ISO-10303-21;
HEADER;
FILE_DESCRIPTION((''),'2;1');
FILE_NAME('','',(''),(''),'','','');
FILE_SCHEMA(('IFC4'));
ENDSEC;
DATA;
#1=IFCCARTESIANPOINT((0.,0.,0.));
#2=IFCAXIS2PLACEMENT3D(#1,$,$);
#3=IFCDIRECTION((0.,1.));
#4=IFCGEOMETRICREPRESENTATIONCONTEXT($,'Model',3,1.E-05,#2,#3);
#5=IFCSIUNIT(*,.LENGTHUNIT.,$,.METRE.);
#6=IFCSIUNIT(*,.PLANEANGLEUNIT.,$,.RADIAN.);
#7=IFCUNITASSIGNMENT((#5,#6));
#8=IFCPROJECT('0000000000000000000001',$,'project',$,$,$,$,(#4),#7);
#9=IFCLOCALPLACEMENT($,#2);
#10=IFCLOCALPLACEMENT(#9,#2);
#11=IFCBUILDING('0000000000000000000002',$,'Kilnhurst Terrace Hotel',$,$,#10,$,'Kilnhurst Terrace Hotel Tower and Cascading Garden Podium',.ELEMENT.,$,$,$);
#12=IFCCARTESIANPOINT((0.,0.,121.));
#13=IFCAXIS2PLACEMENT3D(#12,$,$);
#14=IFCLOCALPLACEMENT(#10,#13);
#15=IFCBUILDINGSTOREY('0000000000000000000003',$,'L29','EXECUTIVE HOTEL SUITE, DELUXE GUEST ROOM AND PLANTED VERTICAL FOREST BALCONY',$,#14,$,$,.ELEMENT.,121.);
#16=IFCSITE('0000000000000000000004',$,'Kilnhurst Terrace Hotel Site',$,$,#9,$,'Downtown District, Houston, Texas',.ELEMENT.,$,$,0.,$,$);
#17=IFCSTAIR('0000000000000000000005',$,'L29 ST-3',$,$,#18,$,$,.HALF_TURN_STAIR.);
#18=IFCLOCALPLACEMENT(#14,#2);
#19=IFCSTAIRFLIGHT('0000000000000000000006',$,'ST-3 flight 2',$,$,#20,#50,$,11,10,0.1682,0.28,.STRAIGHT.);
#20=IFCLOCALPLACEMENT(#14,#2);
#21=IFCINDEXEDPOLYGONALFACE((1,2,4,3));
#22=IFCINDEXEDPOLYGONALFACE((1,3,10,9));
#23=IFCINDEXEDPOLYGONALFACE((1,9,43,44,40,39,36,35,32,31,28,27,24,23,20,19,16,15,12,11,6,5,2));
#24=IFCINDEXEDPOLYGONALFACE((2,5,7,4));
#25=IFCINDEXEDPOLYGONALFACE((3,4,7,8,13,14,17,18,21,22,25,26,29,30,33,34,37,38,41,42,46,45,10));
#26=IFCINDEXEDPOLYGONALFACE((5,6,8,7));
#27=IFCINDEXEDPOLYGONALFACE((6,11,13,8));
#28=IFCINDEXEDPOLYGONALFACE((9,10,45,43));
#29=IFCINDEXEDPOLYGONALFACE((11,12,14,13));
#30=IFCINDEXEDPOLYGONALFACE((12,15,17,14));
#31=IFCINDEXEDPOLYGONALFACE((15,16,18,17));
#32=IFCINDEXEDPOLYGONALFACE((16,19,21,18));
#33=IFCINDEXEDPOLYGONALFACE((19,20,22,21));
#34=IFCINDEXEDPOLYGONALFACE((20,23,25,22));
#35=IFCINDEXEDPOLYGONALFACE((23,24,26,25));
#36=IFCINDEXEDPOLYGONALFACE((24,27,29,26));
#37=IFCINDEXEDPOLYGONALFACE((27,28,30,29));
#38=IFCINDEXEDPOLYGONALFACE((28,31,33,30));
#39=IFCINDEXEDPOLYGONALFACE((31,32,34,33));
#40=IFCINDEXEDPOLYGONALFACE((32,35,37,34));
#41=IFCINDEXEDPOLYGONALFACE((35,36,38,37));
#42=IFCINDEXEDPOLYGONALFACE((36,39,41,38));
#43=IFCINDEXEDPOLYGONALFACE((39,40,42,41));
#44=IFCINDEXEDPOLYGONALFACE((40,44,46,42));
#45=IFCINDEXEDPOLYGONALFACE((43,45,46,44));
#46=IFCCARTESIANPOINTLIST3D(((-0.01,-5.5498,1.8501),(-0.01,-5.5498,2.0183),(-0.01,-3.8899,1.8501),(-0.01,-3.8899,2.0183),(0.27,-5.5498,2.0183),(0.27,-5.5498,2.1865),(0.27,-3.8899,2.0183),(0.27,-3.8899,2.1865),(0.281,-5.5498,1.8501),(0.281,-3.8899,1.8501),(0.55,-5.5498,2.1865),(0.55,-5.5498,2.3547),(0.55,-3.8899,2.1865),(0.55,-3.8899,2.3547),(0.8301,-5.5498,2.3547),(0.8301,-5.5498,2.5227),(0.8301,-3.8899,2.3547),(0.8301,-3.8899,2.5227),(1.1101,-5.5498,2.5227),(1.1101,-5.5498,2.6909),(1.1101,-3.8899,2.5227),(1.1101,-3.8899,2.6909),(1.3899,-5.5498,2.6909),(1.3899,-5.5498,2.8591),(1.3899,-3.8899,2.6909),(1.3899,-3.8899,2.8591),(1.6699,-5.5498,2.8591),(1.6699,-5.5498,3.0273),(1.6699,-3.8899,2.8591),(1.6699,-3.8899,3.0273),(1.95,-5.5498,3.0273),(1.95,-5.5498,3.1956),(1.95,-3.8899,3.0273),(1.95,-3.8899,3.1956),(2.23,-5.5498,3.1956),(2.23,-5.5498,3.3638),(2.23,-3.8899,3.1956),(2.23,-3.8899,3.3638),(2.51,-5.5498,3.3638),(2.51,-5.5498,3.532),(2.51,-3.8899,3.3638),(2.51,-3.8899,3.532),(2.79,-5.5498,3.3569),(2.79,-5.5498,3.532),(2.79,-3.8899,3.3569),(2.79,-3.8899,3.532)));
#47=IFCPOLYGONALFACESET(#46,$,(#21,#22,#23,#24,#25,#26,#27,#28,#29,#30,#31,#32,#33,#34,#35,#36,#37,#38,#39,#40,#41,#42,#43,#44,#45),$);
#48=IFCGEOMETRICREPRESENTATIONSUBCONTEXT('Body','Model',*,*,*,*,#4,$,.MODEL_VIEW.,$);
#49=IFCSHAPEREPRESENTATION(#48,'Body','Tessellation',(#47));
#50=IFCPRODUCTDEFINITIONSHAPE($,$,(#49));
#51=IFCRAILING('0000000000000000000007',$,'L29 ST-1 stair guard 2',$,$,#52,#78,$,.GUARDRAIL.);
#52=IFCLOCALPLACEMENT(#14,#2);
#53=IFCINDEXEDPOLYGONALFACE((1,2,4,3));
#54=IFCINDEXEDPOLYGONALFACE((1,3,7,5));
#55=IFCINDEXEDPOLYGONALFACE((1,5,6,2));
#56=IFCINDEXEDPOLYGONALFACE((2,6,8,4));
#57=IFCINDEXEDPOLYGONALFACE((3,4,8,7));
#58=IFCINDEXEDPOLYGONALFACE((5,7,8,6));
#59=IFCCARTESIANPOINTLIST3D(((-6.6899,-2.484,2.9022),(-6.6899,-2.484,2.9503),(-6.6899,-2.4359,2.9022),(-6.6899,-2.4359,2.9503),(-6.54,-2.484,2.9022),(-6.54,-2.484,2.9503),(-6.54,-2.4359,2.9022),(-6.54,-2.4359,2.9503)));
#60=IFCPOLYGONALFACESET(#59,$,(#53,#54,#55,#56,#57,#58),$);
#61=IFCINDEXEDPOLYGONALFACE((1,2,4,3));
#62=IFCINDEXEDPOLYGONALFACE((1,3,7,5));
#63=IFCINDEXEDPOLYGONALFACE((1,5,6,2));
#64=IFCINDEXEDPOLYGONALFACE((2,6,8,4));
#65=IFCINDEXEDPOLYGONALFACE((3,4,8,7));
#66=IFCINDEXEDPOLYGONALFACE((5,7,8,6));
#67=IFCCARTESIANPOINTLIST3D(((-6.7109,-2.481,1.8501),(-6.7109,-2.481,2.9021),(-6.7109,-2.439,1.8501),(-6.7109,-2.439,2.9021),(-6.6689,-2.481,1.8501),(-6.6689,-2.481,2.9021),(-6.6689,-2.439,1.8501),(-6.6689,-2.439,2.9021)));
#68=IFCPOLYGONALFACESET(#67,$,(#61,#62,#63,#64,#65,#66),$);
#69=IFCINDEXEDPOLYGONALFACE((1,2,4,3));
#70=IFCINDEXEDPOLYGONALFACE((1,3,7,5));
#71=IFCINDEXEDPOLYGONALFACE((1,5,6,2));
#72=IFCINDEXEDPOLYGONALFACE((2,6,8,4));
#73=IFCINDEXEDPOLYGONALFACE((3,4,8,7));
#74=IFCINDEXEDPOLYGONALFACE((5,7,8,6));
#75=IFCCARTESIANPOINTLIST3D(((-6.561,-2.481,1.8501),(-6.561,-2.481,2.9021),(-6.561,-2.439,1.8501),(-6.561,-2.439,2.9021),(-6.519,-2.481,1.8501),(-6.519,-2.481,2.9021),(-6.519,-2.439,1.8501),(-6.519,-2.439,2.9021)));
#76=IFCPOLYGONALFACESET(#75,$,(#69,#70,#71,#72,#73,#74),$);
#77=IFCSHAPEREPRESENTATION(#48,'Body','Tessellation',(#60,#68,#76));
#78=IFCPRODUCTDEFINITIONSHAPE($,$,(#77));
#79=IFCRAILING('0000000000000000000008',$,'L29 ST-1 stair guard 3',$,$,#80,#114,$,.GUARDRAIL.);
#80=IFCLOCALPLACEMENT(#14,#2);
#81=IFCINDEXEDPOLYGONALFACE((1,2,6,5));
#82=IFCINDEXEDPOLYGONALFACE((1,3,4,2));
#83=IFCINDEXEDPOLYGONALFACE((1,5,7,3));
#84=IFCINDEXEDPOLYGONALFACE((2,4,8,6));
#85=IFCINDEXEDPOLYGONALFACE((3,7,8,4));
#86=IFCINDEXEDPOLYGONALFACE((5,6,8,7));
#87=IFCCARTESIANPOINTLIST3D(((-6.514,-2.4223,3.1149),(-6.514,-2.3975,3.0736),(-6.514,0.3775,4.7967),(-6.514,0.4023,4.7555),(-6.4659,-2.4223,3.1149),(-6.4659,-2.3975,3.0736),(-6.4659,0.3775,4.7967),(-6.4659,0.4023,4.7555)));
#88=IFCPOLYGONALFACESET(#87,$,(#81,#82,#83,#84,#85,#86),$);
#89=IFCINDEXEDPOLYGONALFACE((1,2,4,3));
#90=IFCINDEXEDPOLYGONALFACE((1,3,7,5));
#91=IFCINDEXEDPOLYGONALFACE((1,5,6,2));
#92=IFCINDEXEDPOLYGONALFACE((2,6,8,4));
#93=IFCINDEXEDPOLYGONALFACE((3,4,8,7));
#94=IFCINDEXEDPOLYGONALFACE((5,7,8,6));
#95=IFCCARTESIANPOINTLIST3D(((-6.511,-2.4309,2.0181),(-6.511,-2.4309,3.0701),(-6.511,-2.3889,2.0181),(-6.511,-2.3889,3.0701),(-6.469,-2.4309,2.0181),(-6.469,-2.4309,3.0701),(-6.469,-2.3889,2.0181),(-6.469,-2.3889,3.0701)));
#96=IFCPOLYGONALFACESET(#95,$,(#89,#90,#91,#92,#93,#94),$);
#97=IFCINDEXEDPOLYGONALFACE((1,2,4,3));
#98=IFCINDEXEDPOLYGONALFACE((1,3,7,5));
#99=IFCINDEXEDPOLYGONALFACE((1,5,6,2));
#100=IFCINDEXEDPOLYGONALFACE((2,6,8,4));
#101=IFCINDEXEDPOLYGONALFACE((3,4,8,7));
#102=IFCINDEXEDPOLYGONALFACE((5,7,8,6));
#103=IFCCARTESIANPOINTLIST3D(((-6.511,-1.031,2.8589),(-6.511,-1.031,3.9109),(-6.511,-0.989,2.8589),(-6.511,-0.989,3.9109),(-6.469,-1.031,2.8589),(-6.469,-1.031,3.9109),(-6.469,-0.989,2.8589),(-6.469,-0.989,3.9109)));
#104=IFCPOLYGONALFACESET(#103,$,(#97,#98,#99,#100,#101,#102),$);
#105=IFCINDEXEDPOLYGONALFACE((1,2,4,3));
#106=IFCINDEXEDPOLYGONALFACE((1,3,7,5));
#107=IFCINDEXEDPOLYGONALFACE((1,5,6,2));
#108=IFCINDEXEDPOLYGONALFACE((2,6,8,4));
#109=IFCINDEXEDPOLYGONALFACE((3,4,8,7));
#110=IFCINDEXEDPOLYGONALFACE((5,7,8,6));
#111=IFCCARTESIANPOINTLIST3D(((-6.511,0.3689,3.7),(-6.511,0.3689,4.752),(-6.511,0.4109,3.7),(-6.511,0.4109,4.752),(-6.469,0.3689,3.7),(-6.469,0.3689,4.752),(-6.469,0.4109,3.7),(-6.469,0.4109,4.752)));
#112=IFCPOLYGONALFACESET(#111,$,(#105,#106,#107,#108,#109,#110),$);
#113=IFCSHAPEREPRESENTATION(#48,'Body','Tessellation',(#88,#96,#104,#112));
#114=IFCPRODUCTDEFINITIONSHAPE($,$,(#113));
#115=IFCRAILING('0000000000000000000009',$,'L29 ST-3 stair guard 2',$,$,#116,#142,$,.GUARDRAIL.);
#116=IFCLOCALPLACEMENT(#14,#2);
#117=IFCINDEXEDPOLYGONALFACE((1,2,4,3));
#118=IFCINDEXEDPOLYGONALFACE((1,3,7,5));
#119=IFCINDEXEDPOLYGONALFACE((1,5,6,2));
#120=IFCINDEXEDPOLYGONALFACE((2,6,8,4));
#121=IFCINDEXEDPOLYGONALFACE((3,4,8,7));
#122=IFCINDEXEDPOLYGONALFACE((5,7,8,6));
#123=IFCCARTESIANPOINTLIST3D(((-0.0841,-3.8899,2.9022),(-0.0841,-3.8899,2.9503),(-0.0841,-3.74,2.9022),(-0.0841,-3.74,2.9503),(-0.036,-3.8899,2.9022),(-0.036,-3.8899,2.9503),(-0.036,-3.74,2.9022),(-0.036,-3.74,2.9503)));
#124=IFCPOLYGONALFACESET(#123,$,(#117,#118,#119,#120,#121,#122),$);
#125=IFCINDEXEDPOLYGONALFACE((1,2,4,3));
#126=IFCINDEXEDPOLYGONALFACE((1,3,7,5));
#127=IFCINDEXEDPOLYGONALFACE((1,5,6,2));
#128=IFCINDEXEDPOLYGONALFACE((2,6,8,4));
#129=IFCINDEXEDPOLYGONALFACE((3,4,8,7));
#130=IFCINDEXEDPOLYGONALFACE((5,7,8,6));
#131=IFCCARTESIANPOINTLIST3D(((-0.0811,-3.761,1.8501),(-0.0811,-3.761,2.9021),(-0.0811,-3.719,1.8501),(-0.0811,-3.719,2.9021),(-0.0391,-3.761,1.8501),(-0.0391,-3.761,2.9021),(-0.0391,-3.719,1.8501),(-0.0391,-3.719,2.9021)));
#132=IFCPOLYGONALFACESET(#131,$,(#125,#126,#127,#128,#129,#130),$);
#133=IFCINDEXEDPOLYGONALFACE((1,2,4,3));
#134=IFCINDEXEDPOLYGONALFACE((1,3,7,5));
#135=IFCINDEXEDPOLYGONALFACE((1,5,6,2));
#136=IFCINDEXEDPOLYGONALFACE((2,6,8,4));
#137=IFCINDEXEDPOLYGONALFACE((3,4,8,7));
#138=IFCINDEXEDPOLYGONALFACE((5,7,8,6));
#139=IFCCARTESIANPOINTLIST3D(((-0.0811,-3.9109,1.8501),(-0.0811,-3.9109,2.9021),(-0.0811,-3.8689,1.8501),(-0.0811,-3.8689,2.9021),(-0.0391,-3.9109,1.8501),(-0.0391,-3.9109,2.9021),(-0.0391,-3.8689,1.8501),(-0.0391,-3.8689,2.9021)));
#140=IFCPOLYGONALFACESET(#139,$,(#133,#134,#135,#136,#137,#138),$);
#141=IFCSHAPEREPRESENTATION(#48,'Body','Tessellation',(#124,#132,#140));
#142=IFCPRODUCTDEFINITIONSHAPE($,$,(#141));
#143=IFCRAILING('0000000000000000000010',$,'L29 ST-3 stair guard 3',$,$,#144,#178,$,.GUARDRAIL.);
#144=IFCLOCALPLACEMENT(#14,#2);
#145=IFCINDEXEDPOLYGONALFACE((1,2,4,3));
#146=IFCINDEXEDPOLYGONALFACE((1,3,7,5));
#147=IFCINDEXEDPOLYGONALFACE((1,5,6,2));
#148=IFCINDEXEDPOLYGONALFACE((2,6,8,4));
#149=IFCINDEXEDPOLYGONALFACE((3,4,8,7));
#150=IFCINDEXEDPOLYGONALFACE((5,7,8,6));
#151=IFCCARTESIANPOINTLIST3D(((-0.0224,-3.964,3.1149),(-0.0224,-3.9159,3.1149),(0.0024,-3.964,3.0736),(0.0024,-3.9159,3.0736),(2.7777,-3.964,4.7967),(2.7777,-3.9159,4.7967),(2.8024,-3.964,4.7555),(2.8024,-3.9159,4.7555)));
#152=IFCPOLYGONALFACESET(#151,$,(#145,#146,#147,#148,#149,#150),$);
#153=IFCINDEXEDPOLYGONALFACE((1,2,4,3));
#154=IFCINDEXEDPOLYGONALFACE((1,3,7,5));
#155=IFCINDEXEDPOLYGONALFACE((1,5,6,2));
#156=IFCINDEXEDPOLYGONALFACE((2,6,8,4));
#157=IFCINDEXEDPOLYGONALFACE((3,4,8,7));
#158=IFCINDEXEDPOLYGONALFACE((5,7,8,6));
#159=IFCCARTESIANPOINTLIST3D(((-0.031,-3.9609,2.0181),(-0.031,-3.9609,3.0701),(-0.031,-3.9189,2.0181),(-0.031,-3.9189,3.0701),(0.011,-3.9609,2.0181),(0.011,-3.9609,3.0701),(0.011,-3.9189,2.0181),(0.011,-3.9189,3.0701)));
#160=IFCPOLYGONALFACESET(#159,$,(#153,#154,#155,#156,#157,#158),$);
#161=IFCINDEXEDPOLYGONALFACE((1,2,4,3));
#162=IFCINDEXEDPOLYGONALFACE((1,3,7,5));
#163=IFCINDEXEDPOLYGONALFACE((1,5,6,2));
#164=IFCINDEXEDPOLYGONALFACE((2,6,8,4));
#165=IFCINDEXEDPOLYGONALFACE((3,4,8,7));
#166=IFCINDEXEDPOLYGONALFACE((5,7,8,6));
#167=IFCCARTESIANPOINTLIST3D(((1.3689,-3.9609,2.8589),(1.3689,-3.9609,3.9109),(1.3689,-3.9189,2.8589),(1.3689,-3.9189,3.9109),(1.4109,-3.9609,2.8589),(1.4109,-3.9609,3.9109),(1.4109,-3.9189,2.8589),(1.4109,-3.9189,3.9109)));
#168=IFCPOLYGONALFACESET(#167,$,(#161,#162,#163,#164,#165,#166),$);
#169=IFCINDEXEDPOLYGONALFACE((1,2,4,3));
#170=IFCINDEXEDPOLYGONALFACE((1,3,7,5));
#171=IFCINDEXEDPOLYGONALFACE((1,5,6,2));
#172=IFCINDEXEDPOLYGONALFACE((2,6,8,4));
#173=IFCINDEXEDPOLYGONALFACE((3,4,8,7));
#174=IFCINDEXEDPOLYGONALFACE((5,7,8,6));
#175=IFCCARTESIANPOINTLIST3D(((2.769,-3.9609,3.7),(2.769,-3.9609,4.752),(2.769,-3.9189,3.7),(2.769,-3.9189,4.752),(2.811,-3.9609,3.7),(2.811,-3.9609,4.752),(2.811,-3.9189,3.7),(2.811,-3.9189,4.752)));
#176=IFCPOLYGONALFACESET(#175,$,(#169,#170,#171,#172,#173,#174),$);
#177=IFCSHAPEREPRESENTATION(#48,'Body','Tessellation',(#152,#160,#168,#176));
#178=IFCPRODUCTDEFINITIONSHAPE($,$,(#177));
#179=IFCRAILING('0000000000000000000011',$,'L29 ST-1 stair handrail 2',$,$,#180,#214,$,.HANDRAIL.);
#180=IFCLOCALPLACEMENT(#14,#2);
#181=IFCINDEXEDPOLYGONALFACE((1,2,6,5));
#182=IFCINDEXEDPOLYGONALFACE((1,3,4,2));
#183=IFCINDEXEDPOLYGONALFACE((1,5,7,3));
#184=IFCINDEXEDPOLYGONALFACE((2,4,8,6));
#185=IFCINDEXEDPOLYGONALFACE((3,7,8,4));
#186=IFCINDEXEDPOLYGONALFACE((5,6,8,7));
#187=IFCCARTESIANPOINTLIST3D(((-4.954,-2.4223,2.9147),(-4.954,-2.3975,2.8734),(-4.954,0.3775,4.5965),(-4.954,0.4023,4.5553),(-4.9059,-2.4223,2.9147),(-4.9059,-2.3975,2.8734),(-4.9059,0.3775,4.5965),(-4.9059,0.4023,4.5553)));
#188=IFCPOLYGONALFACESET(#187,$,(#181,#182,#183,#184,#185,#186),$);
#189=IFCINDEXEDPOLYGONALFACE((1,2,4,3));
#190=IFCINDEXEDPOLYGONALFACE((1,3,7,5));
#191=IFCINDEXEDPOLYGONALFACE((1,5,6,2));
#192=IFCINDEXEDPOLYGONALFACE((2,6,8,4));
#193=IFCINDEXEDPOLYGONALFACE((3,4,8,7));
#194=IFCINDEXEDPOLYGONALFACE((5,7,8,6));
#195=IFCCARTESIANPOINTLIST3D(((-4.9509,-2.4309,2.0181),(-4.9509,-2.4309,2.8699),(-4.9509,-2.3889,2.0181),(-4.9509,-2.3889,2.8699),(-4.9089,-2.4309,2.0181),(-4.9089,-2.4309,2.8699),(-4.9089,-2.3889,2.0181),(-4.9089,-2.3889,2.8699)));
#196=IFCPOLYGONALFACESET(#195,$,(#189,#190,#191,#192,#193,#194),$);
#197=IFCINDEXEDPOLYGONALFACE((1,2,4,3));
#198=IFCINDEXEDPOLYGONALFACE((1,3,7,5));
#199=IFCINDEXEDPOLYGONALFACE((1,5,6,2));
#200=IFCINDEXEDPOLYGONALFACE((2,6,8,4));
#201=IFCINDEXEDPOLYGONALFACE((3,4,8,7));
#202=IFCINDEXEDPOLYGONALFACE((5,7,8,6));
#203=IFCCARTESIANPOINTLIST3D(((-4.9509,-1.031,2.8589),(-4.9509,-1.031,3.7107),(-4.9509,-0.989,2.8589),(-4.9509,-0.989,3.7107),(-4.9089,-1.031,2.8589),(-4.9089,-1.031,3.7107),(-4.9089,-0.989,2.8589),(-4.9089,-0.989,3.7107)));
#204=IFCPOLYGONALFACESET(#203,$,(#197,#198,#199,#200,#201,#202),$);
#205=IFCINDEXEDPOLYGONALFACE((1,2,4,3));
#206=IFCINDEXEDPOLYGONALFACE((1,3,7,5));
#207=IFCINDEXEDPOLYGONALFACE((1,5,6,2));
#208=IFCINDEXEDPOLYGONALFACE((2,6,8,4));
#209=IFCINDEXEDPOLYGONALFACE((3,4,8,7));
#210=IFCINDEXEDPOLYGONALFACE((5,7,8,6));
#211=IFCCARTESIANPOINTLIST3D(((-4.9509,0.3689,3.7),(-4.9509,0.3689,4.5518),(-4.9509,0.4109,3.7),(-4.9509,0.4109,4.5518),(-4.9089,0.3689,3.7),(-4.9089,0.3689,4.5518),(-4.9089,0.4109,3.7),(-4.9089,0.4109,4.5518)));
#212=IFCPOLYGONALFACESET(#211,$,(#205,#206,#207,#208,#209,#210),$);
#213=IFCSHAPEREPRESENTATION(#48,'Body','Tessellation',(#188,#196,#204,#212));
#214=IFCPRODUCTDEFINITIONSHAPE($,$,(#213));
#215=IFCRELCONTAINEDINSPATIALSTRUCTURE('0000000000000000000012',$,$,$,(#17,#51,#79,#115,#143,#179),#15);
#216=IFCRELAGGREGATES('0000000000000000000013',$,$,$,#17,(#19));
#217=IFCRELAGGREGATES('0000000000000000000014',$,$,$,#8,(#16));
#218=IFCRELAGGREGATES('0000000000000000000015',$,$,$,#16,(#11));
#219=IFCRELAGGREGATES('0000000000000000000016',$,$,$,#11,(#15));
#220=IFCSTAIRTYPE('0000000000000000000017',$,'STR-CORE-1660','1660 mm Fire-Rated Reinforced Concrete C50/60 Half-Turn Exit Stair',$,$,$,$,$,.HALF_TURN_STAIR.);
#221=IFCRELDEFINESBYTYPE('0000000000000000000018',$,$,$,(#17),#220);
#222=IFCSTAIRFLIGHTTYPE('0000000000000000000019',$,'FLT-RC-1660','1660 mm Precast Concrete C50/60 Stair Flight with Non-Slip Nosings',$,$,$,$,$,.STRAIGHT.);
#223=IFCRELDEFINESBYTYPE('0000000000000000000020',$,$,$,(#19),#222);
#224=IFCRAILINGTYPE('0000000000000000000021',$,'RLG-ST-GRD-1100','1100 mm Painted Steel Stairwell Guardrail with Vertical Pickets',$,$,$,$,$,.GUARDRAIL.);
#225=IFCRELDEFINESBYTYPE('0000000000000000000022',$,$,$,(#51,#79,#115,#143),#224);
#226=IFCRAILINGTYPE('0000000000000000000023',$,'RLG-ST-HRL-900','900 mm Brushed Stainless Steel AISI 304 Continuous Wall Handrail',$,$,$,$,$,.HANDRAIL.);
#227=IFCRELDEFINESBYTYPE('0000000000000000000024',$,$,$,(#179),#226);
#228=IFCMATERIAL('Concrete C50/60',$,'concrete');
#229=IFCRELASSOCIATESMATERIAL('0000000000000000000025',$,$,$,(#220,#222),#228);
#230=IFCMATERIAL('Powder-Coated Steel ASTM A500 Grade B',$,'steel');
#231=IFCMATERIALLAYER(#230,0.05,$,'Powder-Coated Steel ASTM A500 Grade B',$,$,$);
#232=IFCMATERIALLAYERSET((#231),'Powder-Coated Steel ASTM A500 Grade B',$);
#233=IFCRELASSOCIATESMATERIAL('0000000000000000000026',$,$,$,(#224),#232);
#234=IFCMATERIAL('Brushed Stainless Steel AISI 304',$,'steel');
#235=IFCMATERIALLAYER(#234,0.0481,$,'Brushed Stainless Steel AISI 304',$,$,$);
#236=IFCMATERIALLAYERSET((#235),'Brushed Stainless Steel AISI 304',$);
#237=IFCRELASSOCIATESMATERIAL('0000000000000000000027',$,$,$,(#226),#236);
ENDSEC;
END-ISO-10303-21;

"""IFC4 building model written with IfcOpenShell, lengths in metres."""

from ifc_helpers import new_model, si_unit, direction, frame, origin, origin_2d, place, context, subcontext, project, spatial, polyline, rectangle, outline, extrude, material, layer, layer_set, type_object, element, aggregate, save


model = new_model("IFC4")

# Units and contexts
model_context = context("Model", 3, precision=1e-05, world=origin(), true_north=direction((0.0, 1.0)))
body_context = subcontext(model_context, "Body", "Model", "MODEL_VIEW")
ifc_project = project(units=[si_unit("LENGTHUNIT", "METRE"), si_unit("PLANEANGLEUNIT", "RADIAN")], contexts=[model_context])

# Site, building, storey
site_placement = place(None, origin())
site = spatial("IfcSite", under=ifc_project, at=site_placement, Name="Kilnhurst Terrace Hotel Site", LongName="Downtown District, Houston, Texas", CompositionType="ELEMENT", RefElevation=0.0)
building_placement = place(site_placement, origin())
building = spatial("IfcBuilding", under=site, at=building_placement, Name="Kilnhurst Terrace Hotel", LongName="Kilnhurst Terrace Hotel Tower and Cascading Garden Podium", CompositionType="ELEMENT")
storey_placement = place(building_placement, frame((0.0, 0.0, 121.0)))
storey = spatial("IfcBuildingStorey", under=building, at=storey_placement, Name="L29", Description="EXECUTIVE HOTEL SUITE, DELUXE GUEST ROOM AND PLANTED VERTICAL FOREST BALCONY", CompositionType="ELEMENT", Elevation=121.0)

# Shared definitions
ifc_material_1 = material(Name="Concrete C50/60", Category="concrete")

# Stair, stair flight
stair_type = type_object("IfcStairType", Name="STR-CORE-1660", Description="1660 mm Fire-Rated Reinforced Concrete C50/60 Half-Turn Exit Stair", PredefinedType="HALF_TURN_STAIR", material=ifc_material_1)
stair_flight_type = type_object("IfcStairFlightType", Name="FLT-RC-1660", Description="1660 mm Precast Concrete C50/60 Stair Flight with Non-Slip Nosings", PredefinedType="STRAIGHT", material=ifc_material_1)
stair_1_placement = place(storey_placement, origin())
stair_1 = element("IfcStair", 1, at=stair_1_placement, inside=storey, type_object=stair_type, Name="L29 ST-3", PredefinedType="HALF_TURN_STAIR")
stair_flight_1_placement = place(storey_placement, frame((-0.01, -4.72, 1.8501), z_axis=(0.0, 0.0, 1.0), x_axis=(1.0, 0.0, 0.0)))
stair_flight_1 = element("IfcStairFlight", 2, at=stair_flight_1_placement, type_object=stair_flight_type, Name="ST-3 flight 2", NumberOfRisers=11, NumberOfTreads=10, PredefinedType="STRAIGHT", RiserHeight=0.1682, TreadLength=0.28, context=body_context, shape_type="SweptSolid", body=[
    extrude(outline(polyline([(0.0, 0.0), (0.0, 0.1682), (0.28, 0.1682), (0.28, 0.3364), (0.5601, 0.3364), (0.5601, 0.5046), (0.8401, 0.5046), (0.8401, 0.6726), (1.1201, 0.6726), (1.1201, 0.8408), (1.3999, 0.8408), (1.3999, 1.009), (1.6799, 1.009), (1.6799, 1.1772), (1.96, 1.1772), (1.96, 1.3455), (2.24, 1.3455), (2.24, 1.5137), (2.52, 1.5137), (2.52, 1.6819), (2.8, 1.6819), (2.8, 1.8501), (2.8, 1.5068), (0.291, 0.0), (0.0, 0.0)])), frame((0.0, 0.8301, 0.0), z_axis=(0.0, -1.0, 0.0), x_axis=(1.0, 0.0, 0.0)), (0.0, 0.0, 1.0), 1.6599),
])
aggregate(stair_1, [stair_flight_1])

# Railings
ifc_material_2 = material(Name="Powder-Coated Steel ASTM A500 Grade B", Category="steel")
ifc_layer_1 = layer(ifc_material_2, 0.05, Name="Powder-Coated Steel ASTM A500 Grade B")
ifc_layer_set_1 = layer_set([ifc_layer_1], Name="Powder-Coated Steel ASTM A500 Grade B")
railing_type_1 = type_object("IfcRailingType", Name="RLG-ST-GRD-1100", Description="1100 mm Painted Steel Stairwell Guardrail with Vertical Pickets", PredefinedType="GUARDRAIL", material=ifc_layer_set_1)
railing_1_placement = place(storey_placement, frame((-6.6899, -2.46, 1.8501)))
element("IfcRailing", 3, at=railing_1_placement, inside=storey, type_object=railing_type_1, Name="L29 ST-1 stair guard 2", PredefinedType="GUARDRAIL", context=body_context, shape_type="SweptSolid", body=[
    extrude(rectangle(XDim=0.0481, YDim=0.0481, at=origin_2d()), frame((0.0, 0.0, 1.0762), z_axis=(1.0, 0.0, 0.0), x_axis=(0.0, 1.0, 0.0)), (0.0, 0.0, 1.0), 0.1499),
    extrude(rectangle(XDim=0.042, YDim=0.042, at=origin_2d()), origin(), (0.0, 0.0, 1.0), 1.052),
    extrude(rectangle(XDim=0.042, YDim=0.042, at=origin_2d()), frame((0.1499, 0.0, 0.0)), (0.0, 0.0, 1.0), 1.052),
])
railing_2_placement = place(storey_placement, frame((-6.49, -2.4099, 2.0181)))
element("IfcRailing", 4, at=railing_2_placement, inside=storey, type_object=railing_type_1, Name="L29 ST-1 stair guard 3", PredefinedType="GUARDRAIL", context=body_context, shape_type="SweptSolid", body=[
    extrude(rectangle(XDim=0.0481, YDim=0.0481, at=origin_2d()), frame((0.0, 0.0, 1.0762), z_axis=(0.0, 0.857222, 0.514946), x_axis=(-1.0, 0.0, 0.0)), (0.0, 0.0, 1.0), 3.2661),
    extrude(rectangle(XDim=0.042, YDim=0.042, at=origin_2d()), origin(), (0.0, 0.0, 1.0), 1.052),
    extrude(rectangle(XDim=0.042, YDim=0.042, at=origin_2d()), frame((0.0, 1.3999, 0.8408)), (0.0, 0.0, 1.0), 1.052),
    extrude(rectangle(XDim=0.042, YDim=0.042, at=origin_2d()), frame((0.0, 2.7998, 1.6819)), (0.0, 0.0, 1.0), 1.052),
])
railing_3_placement = place(storey_placement, frame((-0.0601, -3.74, 1.8501)))
element("IfcRailing", 5, at=railing_3_placement, inside=storey, type_object=railing_type_1, Name="L29 ST-3 stair guard 2", PredefinedType="GUARDRAIL", context=body_context, shape_type="SweptSolid", body=[
    extrude(rectangle(XDim=0.0481, YDim=0.0481, at=origin_2d()), frame((0.0, 0.0, 1.0762), z_axis=(0.0, -1.0, 0.0), x_axis=(1.0, 0.0, 0.0)), (0.0, 0.0, 1.0), 0.1499),
    extrude(rectangle(XDim=0.042, YDim=0.042, at=origin_2d()), origin(), (0.0, 0.0, 1.0), 1.052),
    extrude(rectangle(XDim=0.042, YDim=0.042, at=origin_2d()), frame((0.0, -0.1499, 0.0)), (0.0, 0.0, 1.0), 1.052),
])
railing_4_placement = place(storey_placement, frame((-0.01, -3.9399, 2.0181)))
element("IfcRailing", 6, at=railing_4_placement, inside=storey, type_object=railing_type_1, Name="L29 ST-3 stair guard 3", PredefinedType="GUARDRAIL", context=body_context, shape_type="SweptSolid", body=[
    extrude(rectangle(XDim=0.0481, YDim=0.0481, at=origin_2d()), frame((0.0, 0.0, 1.0762), z_axis=(0.857242, 0.0, 0.514913), x_axis=(0.0, 1.0, 0.0)), (0.0, 0.0, 1.0), 3.2664),
    extrude(rectangle(XDim=0.042, YDim=0.042, at=origin_2d()), origin(), (0.0, 0.0, 1.0), 1.052),
    extrude(rectangle(XDim=0.042, YDim=0.042, at=origin_2d()), frame((1.3999, 0.0, 0.8408)), (0.0, 0.0, 1.0), 1.052),
    extrude(rectangle(XDim=0.042, YDim=0.042, at=origin_2d()), frame((2.8, 0.0, 1.6819)), (0.0, 0.0, 1.0), 1.052),
])
ifc_material_3 = material(Name="Brushed Stainless Steel AISI 304", Category="steel")
ifc_layer_2 = layer(ifc_material_3, 0.0481, Name="Brushed Stainless Steel AISI 304")
ifc_layer_set_2 = layer_set([ifc_layer_2], Name="Brushed Stainless Steel AISI 304")
railing_type_2 = type_object("IfcRailingType", Name="RLG-ST-HRL-900", Description="900 mm Brushed Stainless Steel AISI 304 Continuous Wall Handrail", PredefinedType="HANDRAIL", material=ifc_layer_set_2)
railing_5_placement = place(storey_placement, frame((-4.9299, -2.4099, 2.0181)))
element("IfcRailing", 7, at=railing_5_placement, inside=storey, type_object=railing_type_2, Name="L29 ST-1 stair handrail 2", PredefinedType="HANDRAIL", context=body_context, shape_type="SweptSolid", body=[
    extrude(rectangle(XDim=0.0481, YDim=0.0481, at=origin_2d()), frame((0.0, 0.0, 0.876), z_axis=(0.0, 0.857222, 0.514946), x_axis=(-1.0, 0.0, 0.0)), (0.0, 0.0, 1.0), 3.2661),
    extrude(rectangle(XDim=0.042, YDim=0.042, at=origin_2d()), origin(), (0.0, 0.0, 1.0), 0.8518),
    extrude(rectangle(XDim=0.042, YDim=0.042, at=origin_2d()), frame((0.0, 1.3999, 0.8408)), (0.0, 0.0, 1.0), 0.8518),
    extrude(rectangle(XDim=0.042, YDim=0.042, at=origin_2d()), frame((0.0, 2.7998, 1.6819)), (0.0, 0.0, 1.0), 0.8518),
])

save(model, "model.ifc")
